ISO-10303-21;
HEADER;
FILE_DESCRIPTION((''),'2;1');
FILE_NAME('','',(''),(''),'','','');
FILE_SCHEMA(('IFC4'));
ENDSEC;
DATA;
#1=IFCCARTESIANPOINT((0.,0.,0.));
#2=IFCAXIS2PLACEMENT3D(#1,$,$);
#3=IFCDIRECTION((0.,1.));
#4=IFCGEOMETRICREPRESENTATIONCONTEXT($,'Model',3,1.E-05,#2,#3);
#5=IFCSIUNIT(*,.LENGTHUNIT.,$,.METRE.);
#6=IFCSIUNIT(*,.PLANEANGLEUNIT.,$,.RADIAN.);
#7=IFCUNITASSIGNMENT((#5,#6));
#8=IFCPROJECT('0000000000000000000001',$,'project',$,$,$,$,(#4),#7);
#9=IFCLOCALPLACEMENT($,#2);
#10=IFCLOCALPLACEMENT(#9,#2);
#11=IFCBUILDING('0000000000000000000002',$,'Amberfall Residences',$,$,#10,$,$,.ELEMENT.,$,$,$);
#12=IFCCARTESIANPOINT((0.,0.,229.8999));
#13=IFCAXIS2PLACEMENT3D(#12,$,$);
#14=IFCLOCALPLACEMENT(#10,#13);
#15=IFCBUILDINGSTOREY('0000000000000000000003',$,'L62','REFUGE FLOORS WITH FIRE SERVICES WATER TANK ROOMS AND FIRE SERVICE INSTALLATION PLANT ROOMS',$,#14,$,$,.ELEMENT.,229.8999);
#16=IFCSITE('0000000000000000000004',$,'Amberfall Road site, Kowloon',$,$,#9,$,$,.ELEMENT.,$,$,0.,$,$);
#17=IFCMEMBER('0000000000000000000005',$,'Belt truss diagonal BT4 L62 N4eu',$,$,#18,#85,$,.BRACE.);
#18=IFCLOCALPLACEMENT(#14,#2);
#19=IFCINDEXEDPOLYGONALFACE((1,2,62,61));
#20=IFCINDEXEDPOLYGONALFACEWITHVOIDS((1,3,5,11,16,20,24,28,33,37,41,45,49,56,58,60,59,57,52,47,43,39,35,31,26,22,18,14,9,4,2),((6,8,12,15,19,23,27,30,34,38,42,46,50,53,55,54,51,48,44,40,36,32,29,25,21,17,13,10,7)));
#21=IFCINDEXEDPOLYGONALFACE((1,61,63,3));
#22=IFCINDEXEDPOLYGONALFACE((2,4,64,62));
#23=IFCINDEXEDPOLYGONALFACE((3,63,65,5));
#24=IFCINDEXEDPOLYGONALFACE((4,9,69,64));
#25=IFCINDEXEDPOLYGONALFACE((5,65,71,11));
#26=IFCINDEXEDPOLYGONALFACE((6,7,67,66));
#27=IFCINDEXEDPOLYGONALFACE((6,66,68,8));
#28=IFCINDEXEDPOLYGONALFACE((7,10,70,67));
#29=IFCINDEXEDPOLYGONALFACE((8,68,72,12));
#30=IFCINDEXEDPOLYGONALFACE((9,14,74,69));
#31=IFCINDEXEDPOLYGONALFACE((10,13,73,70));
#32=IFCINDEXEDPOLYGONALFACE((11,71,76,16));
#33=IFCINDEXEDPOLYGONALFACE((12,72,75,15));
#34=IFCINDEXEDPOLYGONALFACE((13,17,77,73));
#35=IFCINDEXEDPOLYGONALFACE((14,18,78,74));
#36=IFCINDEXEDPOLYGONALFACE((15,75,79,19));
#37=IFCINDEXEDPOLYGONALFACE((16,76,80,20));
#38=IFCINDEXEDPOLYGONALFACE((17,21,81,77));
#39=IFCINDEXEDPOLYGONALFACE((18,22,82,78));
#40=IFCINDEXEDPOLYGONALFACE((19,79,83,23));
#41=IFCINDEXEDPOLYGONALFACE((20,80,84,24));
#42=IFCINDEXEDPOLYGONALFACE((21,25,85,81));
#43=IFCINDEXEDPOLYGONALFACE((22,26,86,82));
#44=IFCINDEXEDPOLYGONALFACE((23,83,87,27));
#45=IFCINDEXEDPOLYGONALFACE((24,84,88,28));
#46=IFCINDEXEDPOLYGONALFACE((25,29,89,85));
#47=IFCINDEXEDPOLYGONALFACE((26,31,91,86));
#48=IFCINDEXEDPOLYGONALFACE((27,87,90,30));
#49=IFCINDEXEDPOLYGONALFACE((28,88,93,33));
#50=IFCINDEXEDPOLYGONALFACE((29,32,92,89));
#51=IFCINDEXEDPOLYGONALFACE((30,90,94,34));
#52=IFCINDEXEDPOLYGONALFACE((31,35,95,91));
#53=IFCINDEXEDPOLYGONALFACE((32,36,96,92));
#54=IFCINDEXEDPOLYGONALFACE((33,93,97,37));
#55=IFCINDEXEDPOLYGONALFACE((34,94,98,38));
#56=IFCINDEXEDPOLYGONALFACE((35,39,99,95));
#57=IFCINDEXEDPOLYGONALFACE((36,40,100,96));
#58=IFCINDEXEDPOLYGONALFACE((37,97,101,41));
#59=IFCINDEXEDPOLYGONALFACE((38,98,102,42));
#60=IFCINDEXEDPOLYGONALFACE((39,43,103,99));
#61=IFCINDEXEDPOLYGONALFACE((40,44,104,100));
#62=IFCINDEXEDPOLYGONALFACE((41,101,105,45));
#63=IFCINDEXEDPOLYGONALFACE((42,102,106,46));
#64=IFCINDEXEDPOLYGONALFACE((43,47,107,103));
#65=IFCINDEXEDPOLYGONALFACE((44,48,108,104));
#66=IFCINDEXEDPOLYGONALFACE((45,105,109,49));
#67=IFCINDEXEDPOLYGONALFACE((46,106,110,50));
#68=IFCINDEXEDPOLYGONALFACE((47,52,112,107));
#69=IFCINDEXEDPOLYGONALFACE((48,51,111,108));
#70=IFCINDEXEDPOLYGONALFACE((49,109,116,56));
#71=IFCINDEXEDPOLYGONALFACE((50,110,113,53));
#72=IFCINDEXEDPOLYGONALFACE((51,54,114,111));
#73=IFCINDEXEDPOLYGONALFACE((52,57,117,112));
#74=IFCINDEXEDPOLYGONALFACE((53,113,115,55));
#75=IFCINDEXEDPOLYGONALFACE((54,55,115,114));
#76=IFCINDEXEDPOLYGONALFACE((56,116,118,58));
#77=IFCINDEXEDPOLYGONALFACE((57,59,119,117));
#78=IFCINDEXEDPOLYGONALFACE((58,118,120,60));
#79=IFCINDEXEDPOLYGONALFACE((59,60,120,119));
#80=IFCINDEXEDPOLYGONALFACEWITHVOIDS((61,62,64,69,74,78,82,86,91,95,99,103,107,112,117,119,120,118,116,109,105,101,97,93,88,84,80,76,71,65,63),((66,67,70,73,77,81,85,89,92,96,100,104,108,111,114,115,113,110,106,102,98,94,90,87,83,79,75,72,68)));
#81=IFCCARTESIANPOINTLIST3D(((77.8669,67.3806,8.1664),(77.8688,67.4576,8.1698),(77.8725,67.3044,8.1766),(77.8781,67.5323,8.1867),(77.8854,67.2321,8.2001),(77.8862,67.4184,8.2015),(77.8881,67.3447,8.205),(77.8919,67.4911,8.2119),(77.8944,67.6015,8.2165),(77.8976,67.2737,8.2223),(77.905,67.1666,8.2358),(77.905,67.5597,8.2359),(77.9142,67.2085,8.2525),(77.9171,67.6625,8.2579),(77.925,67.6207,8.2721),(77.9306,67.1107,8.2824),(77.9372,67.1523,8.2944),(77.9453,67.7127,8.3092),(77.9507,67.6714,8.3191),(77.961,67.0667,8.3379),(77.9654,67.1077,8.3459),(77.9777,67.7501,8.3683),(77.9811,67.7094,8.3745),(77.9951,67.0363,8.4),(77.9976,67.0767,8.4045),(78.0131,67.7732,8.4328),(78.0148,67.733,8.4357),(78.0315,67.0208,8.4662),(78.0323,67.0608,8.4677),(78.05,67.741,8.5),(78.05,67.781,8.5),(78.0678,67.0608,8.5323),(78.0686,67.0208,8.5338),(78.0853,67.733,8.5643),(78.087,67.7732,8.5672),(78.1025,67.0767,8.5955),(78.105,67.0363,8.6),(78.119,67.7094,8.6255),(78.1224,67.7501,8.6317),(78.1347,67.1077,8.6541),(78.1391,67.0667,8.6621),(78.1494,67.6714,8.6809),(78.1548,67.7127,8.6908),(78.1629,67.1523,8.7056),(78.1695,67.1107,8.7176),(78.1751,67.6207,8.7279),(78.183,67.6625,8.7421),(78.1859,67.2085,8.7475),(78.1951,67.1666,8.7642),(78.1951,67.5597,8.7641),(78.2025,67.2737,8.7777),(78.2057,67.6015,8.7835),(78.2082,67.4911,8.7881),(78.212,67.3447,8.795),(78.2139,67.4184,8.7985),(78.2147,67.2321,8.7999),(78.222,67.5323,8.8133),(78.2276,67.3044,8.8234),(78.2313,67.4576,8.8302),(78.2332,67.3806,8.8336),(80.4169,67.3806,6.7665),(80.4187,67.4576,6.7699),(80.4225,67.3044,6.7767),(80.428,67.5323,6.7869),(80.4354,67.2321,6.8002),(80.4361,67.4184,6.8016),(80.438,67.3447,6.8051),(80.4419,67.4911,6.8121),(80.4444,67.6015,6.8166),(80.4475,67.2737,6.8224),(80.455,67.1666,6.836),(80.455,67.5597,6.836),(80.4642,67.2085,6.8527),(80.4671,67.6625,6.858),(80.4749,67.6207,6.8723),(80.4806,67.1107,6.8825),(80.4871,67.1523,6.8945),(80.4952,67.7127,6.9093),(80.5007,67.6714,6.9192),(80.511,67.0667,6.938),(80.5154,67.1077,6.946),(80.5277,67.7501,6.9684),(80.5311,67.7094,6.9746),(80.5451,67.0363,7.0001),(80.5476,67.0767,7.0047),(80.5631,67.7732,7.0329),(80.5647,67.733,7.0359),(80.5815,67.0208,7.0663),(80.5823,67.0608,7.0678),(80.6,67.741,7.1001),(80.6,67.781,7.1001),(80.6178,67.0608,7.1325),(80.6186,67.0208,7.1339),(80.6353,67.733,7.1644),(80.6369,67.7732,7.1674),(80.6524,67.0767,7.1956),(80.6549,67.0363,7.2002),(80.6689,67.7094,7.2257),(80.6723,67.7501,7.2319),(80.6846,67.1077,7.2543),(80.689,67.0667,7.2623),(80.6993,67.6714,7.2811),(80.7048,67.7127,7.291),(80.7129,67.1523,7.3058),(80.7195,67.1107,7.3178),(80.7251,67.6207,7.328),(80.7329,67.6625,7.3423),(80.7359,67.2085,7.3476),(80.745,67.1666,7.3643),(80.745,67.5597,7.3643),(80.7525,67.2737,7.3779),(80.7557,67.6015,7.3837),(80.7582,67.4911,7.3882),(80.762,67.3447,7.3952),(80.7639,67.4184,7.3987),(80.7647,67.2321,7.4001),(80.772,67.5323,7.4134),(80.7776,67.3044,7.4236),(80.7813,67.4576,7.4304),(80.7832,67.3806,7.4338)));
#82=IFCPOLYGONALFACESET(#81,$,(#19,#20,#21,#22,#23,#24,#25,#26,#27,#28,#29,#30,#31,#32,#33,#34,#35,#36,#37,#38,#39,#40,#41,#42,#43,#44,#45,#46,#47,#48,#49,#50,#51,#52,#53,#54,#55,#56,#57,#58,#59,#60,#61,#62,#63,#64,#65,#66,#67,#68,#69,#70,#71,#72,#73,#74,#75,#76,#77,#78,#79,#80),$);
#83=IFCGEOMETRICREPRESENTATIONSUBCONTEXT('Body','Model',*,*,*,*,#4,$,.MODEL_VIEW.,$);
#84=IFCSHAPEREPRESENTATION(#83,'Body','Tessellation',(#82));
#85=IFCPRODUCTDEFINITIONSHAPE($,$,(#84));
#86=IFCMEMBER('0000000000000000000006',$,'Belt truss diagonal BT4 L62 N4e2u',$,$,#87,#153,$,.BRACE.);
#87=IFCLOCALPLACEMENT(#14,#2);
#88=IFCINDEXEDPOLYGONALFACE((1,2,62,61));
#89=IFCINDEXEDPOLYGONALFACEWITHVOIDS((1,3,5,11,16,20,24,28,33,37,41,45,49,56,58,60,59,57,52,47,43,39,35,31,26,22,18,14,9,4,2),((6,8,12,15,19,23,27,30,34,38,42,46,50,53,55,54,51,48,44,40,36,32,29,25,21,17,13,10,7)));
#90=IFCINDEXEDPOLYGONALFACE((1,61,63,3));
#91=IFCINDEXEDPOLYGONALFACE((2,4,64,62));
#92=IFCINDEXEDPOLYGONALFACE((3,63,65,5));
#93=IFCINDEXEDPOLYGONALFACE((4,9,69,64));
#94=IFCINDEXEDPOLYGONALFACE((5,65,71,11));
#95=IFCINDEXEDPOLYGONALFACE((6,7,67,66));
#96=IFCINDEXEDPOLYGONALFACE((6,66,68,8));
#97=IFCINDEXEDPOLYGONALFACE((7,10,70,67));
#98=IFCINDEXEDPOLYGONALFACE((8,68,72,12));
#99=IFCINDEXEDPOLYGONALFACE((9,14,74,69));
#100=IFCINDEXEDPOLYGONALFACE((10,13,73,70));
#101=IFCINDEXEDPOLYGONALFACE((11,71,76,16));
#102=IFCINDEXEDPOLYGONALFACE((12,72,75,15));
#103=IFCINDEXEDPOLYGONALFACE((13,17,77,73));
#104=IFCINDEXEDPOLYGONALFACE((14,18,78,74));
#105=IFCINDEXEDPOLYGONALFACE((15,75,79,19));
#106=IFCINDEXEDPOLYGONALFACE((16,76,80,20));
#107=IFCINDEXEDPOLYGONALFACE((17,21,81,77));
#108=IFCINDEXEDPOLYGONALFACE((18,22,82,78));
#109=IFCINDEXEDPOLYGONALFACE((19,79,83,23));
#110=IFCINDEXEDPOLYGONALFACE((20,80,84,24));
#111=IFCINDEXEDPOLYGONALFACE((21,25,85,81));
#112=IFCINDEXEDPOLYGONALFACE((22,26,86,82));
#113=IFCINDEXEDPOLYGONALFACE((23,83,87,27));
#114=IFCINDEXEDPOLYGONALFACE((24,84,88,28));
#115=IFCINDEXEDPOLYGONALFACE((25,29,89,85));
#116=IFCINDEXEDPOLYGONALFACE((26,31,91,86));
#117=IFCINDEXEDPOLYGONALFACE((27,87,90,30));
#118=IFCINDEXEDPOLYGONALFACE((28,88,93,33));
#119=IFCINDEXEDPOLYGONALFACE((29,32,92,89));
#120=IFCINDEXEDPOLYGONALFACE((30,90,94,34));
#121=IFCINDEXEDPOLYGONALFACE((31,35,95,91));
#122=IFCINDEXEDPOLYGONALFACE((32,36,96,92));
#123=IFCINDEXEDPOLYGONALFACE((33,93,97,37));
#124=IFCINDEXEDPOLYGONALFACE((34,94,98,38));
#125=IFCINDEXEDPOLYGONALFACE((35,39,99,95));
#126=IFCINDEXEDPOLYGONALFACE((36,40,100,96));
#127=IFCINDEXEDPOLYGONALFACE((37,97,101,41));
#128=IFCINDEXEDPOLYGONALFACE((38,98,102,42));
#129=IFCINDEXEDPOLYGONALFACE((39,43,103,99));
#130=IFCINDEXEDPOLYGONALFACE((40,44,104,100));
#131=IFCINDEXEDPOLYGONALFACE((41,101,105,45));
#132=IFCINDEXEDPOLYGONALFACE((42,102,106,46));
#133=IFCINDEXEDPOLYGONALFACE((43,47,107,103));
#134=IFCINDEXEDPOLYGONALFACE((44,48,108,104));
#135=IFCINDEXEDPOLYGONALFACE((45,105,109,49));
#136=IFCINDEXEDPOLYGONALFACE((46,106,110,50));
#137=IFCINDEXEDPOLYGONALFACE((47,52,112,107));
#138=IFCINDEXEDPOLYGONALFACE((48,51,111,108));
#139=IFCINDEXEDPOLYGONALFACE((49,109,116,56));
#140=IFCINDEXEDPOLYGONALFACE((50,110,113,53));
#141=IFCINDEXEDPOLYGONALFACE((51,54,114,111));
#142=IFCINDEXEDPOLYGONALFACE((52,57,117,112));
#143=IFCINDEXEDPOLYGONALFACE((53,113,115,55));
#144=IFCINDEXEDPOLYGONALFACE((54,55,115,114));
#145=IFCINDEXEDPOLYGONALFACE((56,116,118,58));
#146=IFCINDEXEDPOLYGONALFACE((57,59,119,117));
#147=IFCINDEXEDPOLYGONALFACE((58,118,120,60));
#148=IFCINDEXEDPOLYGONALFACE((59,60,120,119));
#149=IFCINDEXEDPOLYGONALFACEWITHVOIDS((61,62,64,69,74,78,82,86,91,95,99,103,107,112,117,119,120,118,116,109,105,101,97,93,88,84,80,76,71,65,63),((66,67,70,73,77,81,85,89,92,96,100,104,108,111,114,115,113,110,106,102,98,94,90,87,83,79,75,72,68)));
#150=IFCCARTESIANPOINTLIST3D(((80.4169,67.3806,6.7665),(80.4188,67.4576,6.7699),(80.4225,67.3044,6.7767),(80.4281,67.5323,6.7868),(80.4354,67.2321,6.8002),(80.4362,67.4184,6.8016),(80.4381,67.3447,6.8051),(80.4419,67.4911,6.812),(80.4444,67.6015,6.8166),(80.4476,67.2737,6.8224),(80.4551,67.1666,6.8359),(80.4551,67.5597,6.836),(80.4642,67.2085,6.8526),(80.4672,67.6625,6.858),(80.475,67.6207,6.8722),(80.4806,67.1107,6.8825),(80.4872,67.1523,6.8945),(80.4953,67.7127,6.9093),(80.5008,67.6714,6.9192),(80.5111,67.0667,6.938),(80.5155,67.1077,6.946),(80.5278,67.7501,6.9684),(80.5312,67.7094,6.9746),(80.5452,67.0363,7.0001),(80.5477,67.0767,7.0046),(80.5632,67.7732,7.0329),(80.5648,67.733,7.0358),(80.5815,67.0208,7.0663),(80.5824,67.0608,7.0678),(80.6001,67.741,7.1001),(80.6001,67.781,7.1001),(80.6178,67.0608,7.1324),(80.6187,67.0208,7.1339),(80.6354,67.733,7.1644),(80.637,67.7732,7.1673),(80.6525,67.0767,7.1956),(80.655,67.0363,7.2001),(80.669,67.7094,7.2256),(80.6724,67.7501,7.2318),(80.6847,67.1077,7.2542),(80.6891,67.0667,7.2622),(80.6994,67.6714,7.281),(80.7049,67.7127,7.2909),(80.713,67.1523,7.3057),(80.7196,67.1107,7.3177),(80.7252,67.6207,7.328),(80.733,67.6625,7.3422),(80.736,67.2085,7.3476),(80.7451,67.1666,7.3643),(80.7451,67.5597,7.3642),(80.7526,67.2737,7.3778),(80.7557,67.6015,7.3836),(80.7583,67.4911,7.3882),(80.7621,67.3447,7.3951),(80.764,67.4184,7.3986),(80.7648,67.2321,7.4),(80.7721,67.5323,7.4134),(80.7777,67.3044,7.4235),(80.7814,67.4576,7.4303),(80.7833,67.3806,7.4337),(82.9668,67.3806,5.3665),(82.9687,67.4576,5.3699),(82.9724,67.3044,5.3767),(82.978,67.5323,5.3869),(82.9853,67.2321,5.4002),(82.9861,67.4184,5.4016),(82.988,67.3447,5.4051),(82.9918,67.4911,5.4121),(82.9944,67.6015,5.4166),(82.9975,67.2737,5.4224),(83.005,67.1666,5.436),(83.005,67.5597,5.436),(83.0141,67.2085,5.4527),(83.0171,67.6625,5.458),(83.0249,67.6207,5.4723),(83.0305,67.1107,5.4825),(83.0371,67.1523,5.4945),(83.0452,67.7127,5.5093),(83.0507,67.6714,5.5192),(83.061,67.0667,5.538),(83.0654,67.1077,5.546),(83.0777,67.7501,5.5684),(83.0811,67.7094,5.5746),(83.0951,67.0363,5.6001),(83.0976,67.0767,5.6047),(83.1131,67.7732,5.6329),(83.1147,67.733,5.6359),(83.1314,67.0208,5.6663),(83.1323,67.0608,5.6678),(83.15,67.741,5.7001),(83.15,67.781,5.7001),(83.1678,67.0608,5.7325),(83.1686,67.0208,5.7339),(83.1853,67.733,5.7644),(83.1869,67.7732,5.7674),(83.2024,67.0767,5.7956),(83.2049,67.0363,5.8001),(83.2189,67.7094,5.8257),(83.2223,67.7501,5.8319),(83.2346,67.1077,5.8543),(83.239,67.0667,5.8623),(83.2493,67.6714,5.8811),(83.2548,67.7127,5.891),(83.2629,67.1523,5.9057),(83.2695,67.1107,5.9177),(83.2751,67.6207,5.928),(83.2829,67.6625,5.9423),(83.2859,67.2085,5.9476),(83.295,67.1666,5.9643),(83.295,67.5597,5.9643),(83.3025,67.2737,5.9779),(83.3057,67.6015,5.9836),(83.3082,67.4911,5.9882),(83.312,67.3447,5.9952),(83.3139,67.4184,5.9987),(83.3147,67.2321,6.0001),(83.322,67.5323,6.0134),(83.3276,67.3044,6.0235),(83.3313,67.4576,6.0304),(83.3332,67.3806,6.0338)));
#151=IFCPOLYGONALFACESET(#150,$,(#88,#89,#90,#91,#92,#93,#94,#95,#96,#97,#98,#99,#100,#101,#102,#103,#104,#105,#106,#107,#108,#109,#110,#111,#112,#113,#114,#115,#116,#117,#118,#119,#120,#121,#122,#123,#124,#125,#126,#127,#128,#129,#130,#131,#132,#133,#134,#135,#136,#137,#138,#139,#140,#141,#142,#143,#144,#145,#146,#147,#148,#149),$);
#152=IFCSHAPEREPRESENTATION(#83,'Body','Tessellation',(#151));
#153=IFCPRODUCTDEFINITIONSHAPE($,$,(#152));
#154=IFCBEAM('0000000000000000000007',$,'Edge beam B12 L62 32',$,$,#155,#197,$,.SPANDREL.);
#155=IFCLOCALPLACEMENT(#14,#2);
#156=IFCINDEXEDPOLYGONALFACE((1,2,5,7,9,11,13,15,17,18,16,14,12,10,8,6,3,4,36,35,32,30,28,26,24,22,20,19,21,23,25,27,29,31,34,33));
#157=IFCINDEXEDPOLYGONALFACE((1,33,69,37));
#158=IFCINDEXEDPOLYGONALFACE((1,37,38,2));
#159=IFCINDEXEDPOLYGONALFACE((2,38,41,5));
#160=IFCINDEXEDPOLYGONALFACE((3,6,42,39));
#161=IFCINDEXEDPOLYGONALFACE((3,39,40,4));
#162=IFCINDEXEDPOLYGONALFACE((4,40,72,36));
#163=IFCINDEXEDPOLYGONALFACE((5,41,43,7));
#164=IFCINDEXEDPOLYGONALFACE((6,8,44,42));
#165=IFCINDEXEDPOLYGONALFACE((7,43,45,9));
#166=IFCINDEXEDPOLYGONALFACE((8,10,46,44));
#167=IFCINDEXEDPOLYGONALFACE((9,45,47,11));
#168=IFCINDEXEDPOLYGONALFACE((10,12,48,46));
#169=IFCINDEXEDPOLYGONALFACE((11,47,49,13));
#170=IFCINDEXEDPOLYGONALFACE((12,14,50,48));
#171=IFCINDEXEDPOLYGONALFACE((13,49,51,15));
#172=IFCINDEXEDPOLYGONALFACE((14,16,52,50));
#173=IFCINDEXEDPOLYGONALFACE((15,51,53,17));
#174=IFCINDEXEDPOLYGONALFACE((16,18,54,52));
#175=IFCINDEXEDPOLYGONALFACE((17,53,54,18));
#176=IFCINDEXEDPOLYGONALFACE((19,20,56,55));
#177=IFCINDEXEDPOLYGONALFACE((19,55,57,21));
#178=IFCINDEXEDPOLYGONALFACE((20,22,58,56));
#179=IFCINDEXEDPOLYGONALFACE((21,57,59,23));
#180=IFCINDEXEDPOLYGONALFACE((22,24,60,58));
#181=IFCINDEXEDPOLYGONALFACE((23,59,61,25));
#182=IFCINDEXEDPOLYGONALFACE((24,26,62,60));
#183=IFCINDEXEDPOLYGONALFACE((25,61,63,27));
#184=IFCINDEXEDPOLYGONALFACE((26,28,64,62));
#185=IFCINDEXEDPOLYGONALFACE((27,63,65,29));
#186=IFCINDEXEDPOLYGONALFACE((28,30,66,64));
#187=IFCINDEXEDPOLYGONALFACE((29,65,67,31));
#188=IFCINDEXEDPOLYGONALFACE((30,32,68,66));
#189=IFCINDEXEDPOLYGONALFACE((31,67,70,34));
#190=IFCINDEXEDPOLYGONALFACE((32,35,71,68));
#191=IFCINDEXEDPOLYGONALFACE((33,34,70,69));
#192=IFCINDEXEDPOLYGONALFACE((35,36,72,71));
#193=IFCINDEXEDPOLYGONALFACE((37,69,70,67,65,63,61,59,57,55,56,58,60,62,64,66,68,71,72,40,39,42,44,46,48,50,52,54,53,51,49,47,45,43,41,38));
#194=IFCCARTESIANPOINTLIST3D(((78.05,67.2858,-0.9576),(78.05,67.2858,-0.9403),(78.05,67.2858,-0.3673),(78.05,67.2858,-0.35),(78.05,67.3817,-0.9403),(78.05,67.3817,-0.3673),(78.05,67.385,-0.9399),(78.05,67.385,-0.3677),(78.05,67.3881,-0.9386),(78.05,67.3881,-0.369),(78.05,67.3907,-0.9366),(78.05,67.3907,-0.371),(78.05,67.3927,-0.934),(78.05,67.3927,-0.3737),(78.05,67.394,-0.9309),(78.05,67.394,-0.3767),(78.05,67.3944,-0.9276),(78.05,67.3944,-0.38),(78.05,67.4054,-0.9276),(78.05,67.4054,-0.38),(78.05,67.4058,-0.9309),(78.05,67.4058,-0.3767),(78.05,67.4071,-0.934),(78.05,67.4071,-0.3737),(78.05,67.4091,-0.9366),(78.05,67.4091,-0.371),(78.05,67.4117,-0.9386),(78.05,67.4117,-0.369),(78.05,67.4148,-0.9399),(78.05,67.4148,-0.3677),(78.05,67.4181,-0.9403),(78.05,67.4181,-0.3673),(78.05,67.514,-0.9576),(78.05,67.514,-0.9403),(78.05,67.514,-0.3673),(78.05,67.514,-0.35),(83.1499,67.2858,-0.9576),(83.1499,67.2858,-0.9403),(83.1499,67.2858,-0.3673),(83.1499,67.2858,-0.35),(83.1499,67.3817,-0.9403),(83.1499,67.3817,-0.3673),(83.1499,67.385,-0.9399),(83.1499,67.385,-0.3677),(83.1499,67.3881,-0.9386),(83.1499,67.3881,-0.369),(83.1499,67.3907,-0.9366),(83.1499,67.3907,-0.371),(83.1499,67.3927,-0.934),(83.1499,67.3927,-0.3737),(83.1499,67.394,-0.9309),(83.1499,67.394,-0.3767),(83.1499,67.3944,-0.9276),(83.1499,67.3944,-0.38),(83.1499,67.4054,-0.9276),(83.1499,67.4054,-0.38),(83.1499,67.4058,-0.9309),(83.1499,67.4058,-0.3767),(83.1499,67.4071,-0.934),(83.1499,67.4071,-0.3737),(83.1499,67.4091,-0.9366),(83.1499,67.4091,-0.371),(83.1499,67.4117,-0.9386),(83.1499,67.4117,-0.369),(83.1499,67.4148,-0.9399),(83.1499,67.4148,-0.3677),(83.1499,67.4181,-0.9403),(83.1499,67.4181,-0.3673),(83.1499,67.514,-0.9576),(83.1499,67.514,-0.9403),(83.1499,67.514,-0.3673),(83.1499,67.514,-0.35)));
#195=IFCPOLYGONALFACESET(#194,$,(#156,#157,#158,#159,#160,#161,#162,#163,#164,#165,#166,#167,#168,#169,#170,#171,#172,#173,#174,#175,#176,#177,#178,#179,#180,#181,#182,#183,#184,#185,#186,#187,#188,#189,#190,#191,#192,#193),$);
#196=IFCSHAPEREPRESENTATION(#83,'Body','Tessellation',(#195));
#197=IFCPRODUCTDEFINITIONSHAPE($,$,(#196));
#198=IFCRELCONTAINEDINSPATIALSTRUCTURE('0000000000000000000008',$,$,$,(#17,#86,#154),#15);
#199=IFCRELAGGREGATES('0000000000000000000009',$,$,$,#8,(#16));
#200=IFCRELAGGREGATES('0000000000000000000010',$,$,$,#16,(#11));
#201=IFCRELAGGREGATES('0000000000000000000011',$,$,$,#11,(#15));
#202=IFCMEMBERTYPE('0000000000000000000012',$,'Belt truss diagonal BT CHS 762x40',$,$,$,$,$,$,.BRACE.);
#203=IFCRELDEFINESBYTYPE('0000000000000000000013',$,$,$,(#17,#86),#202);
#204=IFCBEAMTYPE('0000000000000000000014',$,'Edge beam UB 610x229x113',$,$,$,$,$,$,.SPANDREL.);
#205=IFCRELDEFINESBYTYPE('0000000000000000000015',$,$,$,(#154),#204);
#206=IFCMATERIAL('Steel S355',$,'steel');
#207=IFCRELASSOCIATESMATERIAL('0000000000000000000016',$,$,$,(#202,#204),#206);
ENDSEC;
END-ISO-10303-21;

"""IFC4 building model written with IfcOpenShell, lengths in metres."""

from ifc_helpers import new_model, si_unit, direction, frame, origin, origin_2d, place, context, subcontext, project, spatial, hollow_circle, i_section, extrude, material, material_profile, profile_set, type_object, element, save


model = new_model("IFC4")

# Units and contexts
model_context = context("Model", 3, precision=1e-05, world=origin(), true_north=direction((0.0, 1.0)))
body_context = subcontext(model_context, "Body", "Model", "MODEL_VIEW")
ifc_project = project(units=[si_unit("LENGTHUNIT", "METRE"), si_unit("PLANEANGLEUNIT", "RADIAN")], contexts=[model_context])

# Site, building, storey
site_placement = place(None, origin())
site = spatial("IfcSite", under=ifc_project, at=site_placement, Name="Amberfall Road site, Kowloon", CompositionType="ELEMENT", RefElevation=0.0)
building_placement = place(site_placement, origin())
building = spatial("IfcBuilding", under=site, at=building_placement, Name="Amberfall Residences", CompositionType="ELEMENT")
storey_placement = place(building_placement, frame((0.0, 0.0, 229.8999)))
storey = spatial("IfcBuildingStorey", under=building, at=storey_placement, Name="L62", Description="REFUGE FLOORS WITH FIRE SERVICES WATER TANK ROOMS AND FIRE SERVICE INSTALLATION PLANT ROOMS", CompositionType="ELEMENT", Elevation=229.8999)

# Shared definitions
ifc_material_1 = material(Name="Steel S355", Category="steel")

# Members
ifc_material_profile_1 = material_profile(ifc_material_1, hollow_circle(Radius=0.3811, WallThickness=0.04, at=origin_2d()), Name="CHS 762x40")
ifc_profile_set_1 = profile_set([ifc_material_profile_1], Name="Steel S355")
member_type = type_object("IfcMemberType", Name="Belt truss diagonal BT CHS 762x40", PredefinedType="BRACE", material=ifc_profile_set_1)
for number, where, z_axis, x_axis, name in (
    (1, (78.05, 67.3999, 8.5), (0.876597, 0.0, -0.481226), (0.0, 1.0, 0.0), "Belt truss diagonal BT4 L62 N4eu"),
    (2, (80.6001, 67.3999, 7.1001), (0.876577, 0.0, -0.481261), (0.0, 1.0, 0.0), "Belt truss diagonal BT4 L62 N4e2u"),
):
    element("IfcMember", number, at=place(storey_placement, frame(where, z_axis=z_axis, x_axis=x_axis)), inside=storey, type_object=member_type, Name=name, PredefinedType="BRACE", context=body_context, shape_type="SweptSolid", body=[
        extrude(hollow_circle(Radius=0.3811, WallThickness=0.04, at=origin_2d()), origin(), (0.0, 0.0, 1.0), 2.9089),
    ])

# Beam
ifc_material_profile_2 = material_profile(ifc_material_1, i_section(OverallWidth=0.2283, OverallDepth=0.6077, WebThickness=0.011, FlangeThickness=0.0173, FilletRadius=0.0127, at=origin_2d()), Name="UB 610x229x113")
ifc_profile_set_2 = profile_set([ifc_material_profile_2], Name="Steel S355")
beam_type_1 = type_object("IfcBeamType", Name="Edge beam UB 610x229x113", PredefinedType="SPANDREL", material=ifc_profile_set_2)
beam_placement = place(storey_placement, frame((78.05, 67.3999, -0.6538), z_axis=(1.0, 0.0, 0.0), x_axis=(0.0, 1.0, 0.0)))
element("IfcBeam", 3, at=beam_placement, inside=storey, type_object=beam_type_1, Name="Edge beam B12 L62 32", PredefinedType="SPANDREL", context=body_context, shape_type="SweptSolid", body=[
    extrude(i_section(OverallWidth=0.2283, OverallDepth=0.6077, WebThickness=0.011, FlangeThickness=0.0173, FilletRadius=0.0127, at=origin_2d()), origin(), (0.0, 0.0, 1.0), 5.0999),
])

save(model, "model.ifc")
